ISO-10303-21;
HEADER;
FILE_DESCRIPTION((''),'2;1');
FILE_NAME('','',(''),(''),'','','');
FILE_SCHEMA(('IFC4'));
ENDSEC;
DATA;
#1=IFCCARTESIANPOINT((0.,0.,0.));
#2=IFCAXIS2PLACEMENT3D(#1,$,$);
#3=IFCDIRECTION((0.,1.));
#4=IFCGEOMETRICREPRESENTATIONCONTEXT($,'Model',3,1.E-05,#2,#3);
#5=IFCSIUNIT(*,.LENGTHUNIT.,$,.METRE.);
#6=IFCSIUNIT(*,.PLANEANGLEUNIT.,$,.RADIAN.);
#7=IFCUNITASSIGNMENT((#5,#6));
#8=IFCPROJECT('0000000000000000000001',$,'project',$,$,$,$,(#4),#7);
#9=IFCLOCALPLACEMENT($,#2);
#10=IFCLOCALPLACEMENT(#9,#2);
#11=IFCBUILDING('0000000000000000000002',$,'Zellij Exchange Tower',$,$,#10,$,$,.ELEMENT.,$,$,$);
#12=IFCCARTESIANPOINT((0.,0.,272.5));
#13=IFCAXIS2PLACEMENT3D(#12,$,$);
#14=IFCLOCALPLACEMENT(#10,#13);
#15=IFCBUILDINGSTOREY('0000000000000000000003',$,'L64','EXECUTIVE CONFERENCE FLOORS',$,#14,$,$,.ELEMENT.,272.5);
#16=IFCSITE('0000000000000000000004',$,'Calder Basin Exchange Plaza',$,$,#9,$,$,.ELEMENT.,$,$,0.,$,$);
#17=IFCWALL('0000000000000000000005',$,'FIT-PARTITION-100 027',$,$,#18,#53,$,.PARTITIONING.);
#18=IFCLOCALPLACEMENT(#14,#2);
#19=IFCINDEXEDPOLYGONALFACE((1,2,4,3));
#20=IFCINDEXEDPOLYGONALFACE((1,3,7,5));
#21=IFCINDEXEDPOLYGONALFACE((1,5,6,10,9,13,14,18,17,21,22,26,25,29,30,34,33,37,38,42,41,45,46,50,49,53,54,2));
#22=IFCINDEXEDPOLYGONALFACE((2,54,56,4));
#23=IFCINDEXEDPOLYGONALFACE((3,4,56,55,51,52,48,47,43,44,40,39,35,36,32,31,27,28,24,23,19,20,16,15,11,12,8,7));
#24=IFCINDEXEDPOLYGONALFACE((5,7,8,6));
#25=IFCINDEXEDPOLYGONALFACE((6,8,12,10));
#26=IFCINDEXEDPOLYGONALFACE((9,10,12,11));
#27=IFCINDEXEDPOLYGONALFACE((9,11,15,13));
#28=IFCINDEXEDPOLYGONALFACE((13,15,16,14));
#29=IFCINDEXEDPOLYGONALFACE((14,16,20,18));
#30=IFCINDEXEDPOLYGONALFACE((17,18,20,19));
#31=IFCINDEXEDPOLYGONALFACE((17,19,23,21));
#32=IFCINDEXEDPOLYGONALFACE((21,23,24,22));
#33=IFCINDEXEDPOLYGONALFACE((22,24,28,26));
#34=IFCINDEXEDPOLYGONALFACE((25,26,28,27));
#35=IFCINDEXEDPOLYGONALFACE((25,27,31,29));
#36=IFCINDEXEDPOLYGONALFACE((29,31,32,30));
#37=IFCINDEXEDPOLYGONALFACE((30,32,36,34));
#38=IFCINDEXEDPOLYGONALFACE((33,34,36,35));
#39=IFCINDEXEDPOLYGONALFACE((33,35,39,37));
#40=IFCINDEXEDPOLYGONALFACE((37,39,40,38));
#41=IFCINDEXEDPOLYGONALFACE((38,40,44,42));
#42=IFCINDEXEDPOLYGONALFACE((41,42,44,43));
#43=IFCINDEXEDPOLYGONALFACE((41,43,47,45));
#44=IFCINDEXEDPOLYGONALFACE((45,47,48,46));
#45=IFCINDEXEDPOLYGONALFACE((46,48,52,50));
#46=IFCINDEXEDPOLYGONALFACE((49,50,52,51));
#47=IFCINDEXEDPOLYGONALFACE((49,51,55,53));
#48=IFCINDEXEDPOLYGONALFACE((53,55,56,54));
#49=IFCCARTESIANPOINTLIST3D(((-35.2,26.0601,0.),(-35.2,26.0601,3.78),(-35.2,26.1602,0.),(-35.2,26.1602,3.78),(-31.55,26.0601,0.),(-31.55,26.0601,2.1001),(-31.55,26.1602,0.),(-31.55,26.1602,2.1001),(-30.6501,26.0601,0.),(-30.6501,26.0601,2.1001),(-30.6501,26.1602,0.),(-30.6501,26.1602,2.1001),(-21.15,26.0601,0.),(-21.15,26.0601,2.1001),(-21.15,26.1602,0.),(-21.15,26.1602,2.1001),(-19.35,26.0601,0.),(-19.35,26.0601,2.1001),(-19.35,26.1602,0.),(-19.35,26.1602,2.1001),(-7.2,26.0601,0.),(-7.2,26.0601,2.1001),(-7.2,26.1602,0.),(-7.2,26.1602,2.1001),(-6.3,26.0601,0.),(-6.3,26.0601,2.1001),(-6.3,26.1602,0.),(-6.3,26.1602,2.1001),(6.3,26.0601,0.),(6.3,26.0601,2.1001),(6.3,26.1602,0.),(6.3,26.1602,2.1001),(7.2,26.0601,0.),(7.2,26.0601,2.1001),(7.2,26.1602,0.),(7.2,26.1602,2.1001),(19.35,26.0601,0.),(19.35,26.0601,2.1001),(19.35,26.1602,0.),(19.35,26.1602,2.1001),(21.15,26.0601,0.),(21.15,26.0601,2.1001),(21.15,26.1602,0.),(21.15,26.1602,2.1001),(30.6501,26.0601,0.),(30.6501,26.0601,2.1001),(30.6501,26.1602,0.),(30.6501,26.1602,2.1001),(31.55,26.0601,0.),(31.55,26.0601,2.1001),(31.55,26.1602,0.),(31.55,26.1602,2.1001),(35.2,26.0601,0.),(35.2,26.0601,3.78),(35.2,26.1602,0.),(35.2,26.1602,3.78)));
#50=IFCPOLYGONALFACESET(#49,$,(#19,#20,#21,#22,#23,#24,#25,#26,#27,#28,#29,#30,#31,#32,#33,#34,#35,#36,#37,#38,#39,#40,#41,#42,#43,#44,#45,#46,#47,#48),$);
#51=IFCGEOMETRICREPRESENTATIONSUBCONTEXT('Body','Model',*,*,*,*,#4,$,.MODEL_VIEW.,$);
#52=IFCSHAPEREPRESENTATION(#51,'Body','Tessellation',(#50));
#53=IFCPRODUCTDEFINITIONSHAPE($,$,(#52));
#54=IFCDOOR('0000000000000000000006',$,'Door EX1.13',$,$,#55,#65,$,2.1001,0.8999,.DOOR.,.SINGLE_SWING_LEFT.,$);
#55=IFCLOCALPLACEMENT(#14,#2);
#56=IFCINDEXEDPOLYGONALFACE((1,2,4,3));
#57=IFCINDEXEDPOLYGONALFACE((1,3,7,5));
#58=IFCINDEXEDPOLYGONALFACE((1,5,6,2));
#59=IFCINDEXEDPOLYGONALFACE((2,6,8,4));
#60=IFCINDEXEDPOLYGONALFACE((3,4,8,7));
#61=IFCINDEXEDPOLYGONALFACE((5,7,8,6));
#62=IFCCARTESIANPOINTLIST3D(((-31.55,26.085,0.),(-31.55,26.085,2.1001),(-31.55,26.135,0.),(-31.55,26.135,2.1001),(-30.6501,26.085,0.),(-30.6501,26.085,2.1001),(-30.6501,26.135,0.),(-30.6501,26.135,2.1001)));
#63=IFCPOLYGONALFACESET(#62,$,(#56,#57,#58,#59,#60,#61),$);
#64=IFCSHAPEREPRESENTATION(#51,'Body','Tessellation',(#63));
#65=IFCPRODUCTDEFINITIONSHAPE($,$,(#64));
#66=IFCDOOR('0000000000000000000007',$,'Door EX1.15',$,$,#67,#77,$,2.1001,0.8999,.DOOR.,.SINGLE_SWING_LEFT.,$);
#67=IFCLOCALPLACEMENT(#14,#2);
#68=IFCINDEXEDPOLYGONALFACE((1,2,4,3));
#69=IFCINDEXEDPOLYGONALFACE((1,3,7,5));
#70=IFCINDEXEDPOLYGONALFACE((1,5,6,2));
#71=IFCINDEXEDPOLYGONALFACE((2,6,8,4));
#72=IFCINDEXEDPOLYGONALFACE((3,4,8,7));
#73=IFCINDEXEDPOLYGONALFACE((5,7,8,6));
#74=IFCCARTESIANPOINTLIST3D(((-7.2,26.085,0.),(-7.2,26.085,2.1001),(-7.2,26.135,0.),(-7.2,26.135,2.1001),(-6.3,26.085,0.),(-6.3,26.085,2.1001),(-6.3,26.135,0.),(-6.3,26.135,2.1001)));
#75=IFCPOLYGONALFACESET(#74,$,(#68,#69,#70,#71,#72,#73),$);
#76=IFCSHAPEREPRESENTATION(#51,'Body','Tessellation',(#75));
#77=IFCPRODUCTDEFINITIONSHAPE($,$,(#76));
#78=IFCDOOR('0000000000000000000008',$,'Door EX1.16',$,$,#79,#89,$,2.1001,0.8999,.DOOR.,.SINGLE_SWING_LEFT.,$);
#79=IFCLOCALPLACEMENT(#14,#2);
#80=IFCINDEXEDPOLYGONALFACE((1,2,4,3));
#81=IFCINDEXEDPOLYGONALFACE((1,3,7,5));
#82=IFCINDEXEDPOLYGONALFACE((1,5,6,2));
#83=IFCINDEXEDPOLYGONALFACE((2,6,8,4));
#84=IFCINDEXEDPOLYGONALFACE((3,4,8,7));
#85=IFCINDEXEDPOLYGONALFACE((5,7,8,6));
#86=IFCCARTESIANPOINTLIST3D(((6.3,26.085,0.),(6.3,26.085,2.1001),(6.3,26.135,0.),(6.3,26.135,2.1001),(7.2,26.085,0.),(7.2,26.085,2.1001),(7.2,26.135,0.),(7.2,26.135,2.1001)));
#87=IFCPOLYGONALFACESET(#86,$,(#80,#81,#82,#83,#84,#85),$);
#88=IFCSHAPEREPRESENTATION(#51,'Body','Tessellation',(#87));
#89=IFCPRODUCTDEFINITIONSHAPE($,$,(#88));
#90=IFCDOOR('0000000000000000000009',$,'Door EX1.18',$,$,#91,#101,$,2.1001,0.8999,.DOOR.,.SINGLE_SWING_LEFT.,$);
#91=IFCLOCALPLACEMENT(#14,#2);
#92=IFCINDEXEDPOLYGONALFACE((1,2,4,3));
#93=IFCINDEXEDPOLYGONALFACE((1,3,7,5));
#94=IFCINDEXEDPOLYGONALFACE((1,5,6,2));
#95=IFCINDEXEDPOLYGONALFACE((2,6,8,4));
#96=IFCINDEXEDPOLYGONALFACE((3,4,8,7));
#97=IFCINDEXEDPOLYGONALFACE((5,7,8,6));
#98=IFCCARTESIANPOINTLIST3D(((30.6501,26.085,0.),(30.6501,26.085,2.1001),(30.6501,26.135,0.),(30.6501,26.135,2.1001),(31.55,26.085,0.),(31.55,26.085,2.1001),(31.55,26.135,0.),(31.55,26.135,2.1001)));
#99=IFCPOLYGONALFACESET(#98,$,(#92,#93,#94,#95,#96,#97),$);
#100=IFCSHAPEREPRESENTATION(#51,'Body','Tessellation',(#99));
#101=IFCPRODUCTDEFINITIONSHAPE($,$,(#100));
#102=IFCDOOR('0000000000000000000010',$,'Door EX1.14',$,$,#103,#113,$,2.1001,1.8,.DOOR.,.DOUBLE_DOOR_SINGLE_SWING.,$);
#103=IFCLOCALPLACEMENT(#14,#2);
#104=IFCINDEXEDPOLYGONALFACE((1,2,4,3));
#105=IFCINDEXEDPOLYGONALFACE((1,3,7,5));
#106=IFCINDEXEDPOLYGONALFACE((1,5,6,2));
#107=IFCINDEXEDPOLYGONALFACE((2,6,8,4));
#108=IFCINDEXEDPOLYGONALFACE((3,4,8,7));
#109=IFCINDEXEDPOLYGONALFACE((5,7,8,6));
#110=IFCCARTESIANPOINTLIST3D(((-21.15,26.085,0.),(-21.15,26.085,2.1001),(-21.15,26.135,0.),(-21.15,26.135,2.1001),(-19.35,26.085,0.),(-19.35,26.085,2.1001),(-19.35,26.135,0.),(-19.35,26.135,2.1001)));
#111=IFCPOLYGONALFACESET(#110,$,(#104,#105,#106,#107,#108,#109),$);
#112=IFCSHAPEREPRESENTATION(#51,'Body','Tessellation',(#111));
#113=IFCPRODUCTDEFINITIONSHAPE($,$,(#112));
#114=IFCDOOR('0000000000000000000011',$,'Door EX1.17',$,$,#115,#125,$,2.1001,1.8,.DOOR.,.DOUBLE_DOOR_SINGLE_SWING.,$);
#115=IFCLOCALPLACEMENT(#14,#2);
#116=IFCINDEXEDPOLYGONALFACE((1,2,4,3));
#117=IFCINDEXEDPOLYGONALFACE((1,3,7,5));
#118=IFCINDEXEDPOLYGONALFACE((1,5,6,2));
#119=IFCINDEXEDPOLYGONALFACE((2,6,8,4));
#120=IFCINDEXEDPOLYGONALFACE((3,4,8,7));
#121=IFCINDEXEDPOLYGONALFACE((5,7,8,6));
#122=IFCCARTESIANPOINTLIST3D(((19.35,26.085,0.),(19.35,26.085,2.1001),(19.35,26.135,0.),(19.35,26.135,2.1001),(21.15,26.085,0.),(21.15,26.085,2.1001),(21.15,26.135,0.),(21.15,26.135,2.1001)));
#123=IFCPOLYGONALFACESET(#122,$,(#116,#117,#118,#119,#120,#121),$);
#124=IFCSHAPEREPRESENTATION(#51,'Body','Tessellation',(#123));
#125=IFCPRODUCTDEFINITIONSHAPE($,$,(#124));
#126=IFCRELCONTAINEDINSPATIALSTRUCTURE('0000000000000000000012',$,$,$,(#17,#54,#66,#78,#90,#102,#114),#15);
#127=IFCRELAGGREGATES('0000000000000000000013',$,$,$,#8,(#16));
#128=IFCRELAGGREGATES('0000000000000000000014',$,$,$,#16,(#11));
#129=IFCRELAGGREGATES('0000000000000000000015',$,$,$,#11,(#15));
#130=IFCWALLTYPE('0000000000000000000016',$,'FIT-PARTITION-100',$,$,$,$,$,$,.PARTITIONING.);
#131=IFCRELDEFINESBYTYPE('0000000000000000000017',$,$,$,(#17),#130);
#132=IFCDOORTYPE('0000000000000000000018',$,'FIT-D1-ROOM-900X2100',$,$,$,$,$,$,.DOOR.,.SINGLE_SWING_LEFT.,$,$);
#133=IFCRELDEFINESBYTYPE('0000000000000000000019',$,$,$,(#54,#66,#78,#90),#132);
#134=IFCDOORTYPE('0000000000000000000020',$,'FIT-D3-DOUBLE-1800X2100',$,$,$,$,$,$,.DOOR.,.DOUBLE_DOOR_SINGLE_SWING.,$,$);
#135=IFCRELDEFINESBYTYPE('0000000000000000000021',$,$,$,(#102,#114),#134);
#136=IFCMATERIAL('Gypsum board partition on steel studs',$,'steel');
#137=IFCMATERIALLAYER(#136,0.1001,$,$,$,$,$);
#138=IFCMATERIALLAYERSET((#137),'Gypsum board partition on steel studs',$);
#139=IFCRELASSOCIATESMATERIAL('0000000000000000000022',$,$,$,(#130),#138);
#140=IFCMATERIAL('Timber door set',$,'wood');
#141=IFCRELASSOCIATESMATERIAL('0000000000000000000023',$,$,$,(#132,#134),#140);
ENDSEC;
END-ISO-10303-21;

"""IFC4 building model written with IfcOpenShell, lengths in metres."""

from ifc_helpers import new_model, si_unit, direction, frame, frame_2d, origin, place, context, subcontext, project, spatial, rectangle, extrude, material, layer, layer_set, type_object, element, fill, save


model = new_model("IFC4")

# Units and contexts
model_context = context("Model", 3, precision=1e-05, world=origin(), true_north=direction((0.0, 1.0)))
body_context = subcontext(model_context, "Body", "Model", "MODEL_VIEW")
ifc_project = project(units=[si_unit("LENGTHUNIT", "METRE"), si_unit("PLANEANGLEUNIT", "RADIAN")], contexts=[model_context])

# Site, building, storey
site_placement = place(None, origin())
site = spatial("IfcSite", under=ifc_project, at=site_placement, Name="Calder Basin Exchange Plaza", CompositionType="ELEMENT", RefElevation=0.0)
building_placement = place(site_placement, origin())
building = spatial("IfcBuilding", under=site, at=building_placement, Name="Zellij Exchange Tower", CompositionType="ELEMENT")
storey_placement = place(building_placement, frame((0.0, 0.0, 272.5)))
storey = spatial("IfcBuildingStorey", under=building, at=storey_placement, Name="L64", Description="EXECUTIVE CONFERENCE FLOORS", CompositionType="ELEMENT", Elevation=272.5)

# Shared definitions
ifc_material_1 = material(Name="Gypsum board partition on steel studs", Category="steel")
ifc_layer_1 = layer(ifc_material_1, 0.1001)
ifc_layer_set_1 = layer_set([ifc_layer_1], Name="Gypsum board partition on steel studs")
wall_type = type_object("IfcWallType", Name="FIT-PARTITION-100", PredefinedType="PARTITIONING", material=ifc_layer_set_1)

# Wall, openings, doors
wall_1_placement = place(storey_placement, frame((-35.2, 26.1101, 0.0), z_axis=(0.0, 0.0, 1.0), x_axis=(1.0, 0.0, 0.0)))
wall_1 = element("IfcWall", 1, at=wall_1_placement, inside=storey, type_object=wall_type, Name="FIT-PARTITION-100 027", PredefinedType="PARTITIONING", context=body_context, shape_type="SweptSolid", body=[
    extrude(rectangle(XDim=70.3999, YDim=0.1001, at=frame_2d((35.2, 0.0))), origin(), (0.0, 0.0, 1.0), 3.78),
])
opening_1_placement = place(wall_1_placement, frame((3.6499, 0.0, 0.0)))
opening_1 = element("IfcOpeningElement", 2, at=opening_1_placement, cuts=wall_1, PredefinedType="OPENING", context=body_context, shape_type="SweptSolid", body=[
    extrude(rectangle(XDim=0.8999, YDim=2.1001, at=frame_2d((0.45, 1.05))), frame((0.0, 0.062, 0.0), z_axis=(0.0, -1.0, 0.0), x_axis=(1.0, 0.0, 0.0)), (0.0, 0.0, 1.0), 0.124),
])
opening_2_placement = place(wall_1_placement, frame((14.05, 0.0, 0.0)))
opening_2 = element("IfcOpeningElement", 3, at=opening_2_placement, cuts=wall_1, PredefinedType="OPENING", context=body_context, shape_type="SweptSolid", body=[
    extrude(rectangle(XDim=1.8, YDim=2.1001, at=frame_2d((0.8999, 1.05))), frame((0.0, 0.062, 0.0), z_axis=(0.0, -1.0, 0.0), x_axis=(1.0, 0.0, 0.0)), (0.0, 0.0, 1.0), 0.124),
])
opening_3_placement = place(wall_1_placement, frame((28.0, 0.0, 0.0)))
opening_3 = element("IfcOpeningElement", 4, at=opening_3_placement, cuts=wall_1, PredefinedType="OPENING", context=body_context, shape_type="SweptSolid", body=[
    extrude(rectangle(XDim=0.8999, YDim=2.1001, at=frame_2d((0.45, 1.05))), frame((0.0, 0.062, 0.0), z_axis=(0.0, -1.0, 0.0), x_axis=(1.0, 0.0, 0.0)), (0.0, 0.0, 1.0), 0.124),
])
opening_4_placement = place(wall_1_placement, frame((41.5, 0.0, 0.0)))
opening_4 = element("IfcOpeningElement", 5, at=opening_4_placement, cuts=wall_1, PredefinedType="OPENING", context=body_context, shape_type="SweptSolid", body=[
    extrude(rectangle(XDim=0.8999, YDim=2.1001, at=frame_2d((0.45, 1.05))), frame((0.0, 0.062, 0.0), z_axis=(0.0, -1.0, 0.0), x_axis=(1.0, 0.0, 0.0)), (0.0, 0.0, 1.0), 0.124),
])
opening_5_placement = place(wall_1_placement, frame((54.55, 0.0, 0.0)))
opening_5 = element("IfcOpeningElement", 6, at=opening_5_placement, cuts=wall_1, PredefinedType="OPENING", context=body_context, shape_type="SweptSolid", body=[
    extrude(rectangle(XDim=1.8, YDim=2.1001, at=frame_2d((0.8999, 1.05))), frame((0.0, 0.062, 0.0), z_axis=(0.0, -1.0, 0.0), x_axis=(1.0, 0.0, 0.0)), (0.0, 0.0, 1.0), 0.124),
])
opening_6_placement = place(wall_1_placement, frame((65.8501, 0.0, 0.0)))
opening_6 = element("IfcOpeningElement", 7, at=opening_6_placement, cuts=wall_1, PredefinedType="OPENING", context=body_context, shape_type="SweptSolid", body=[
    extrude(rectangle(XDim=0.8999, YDim=2.1001, at=frame_2d((0.45, 1.05))), frame((0.0, 0.062, 0.0), z_axis=(0.0, -1.0, 0.0), x_axis=(1.0, 0.0, 0.0)), (0.0, 0.0, 1.0), 0.124),
])
ifc_material_2 = material(Name="Timber door set", Category="wood")
door_type_1 = type_object("IfcDoorType", Name="FIT-D1-ROOM-900X2100", OperationType="SINGLE_SWING_LEFT", PredefinedType="DOOR", material=ifc_material_2)
door_1_placement = place(opening_1_placement, origin())
door_1 = element("IfcDoor", 8, at=door_1_placement, inside=storey, type_object=door_type_1, Name="Door EX1.13", OperationType="SINGLE_SWING_LEFT", OverallHeight=2.1001, OverallWidth=0.8999, PredefinedType="DOOR", context=body_context, shape_type="SweptSolid", body=[
    extrude(rectangle(XDim=0.8999, YDim=2.1001, at=frame_2d((0.45, 1.05))), frame((0.0, 0.0249, 0.0), z_axis=(0.0, -1.0, 0.0), x_axis=(1.0, 0.0, 0.0)), (0.0, 0.0, 1.0), 0.05),
])
fill(opening_1, door_1)
door_2_placement = place(opening_3_placement, origin())
door_2 = element("IfcDoor", 9, at=door_2_placement, inside=storey, type_object=door_type_1, Name="Door EX1.15", OperationType="SINGLE_SWING_LEFT", OverallHeight=2.1001, OverallWidth=0.8999, PredefinedType="DOOR", context=body_context, shape_type="SweptSolid", body=[
    extrude(rectangle(XDim=0.8999, YDim=2.1001, at=frame_2d((0.45, 1.05))), frame((0.0, 0.0249, 0.0), z_axis=(0.0, -1.0, 0.0), x_axis=(1.0, 0.0, 0.0)), (0.0, 0.0, 1.0), 0.05),
])
fill(opening_3, door_2)
door_3_placement = place(opening_4_placement, origin())
door_3 = element("IfcDoor", 10, at=door_3_placement, inside=storey, type_object=door_type_1, Name="Door EX1.16", OperationType="SINGLE_SWING_LEFT", OverallHeight=2.1001, OverallWidth=0.8999, PredefinedType="DOOR", context=body_context, shape_type="SweptSolid", body=[
    extrude(rectangle(XDim=0.8999, YDim=2.1001, at=frame_2d((0.45, 1.05))), frame((0.0, 0.0249, 0.0), z_axis=(0.0, -1.0, 0.0), x_axis=(1.0, 0.0, 0.0)), (0.0, 0.0, 1.0), 0.05),
])
fill(opening_4, door_3)
door_4_placement = place(opening_6_placement, origin())
door_4 = element("IfcDoor", 11, at=door_4_placement, inside=storey, type_object=door_type_1, Name="Door EX1.18", OperationType="SINGLE_SWING_LEFT", OverallHeight=2.1001, OverallWidth=0.8999, PredefinedType="DOOR", context=body_context, shape_type="SweptSolid", body=[
    extrude(rectangle(XDim=0.8999, YDim=2.1001, at=frame_2d((0.45, 1.05))), frame((0.0, 0.0249, 0.0), z_axis=(0.0, -1.0, 0.0), x_axis=(1.0, 0.0, 0.0)), (0.0, 0.0, 1.0), 0.05),
])
fill(opening_6, door_4)
door_type_2 = type_object("IfcDoorType", Name="FIT-D3-DOUBLE-1800X2100", OperationType="DOUBLE_DOOR_SINGLE_SWING", PredefinedType="DOOR", material=ifc_material_2)
door_5_placement = place(opening_2_placement, origin())
door_5 = element("IfcDoor", 12, at=door_5_placement, inside=storey, type_object=door_type_2, Name="Door EX1.14", OperationType="DOUBLE_DOOR_SINGLE_SWING", OverallHeight=2.1001, OverallWidth=1.8, PredefinedType="DOOR", context=body_context, shape_type="SweptSolid", body=[
    extrude(rectangle(XDim=1.8, YDim=2.1001, at=frame_2d((0.8999, 1.05))), frame((0.0, 0.0249, 0.0), z_axis=(0.0, -1.0, 0.0), x_axis=(1.0, 0.0, 0.0)), (0.0, 0.0, 1.0), 0.05),
])
fill(opening_2, door_5)
door_6_placement = place(opening_5_placement, origin())
door_6 = element("IfcDoor", 13, at=door_6_placement, inside=storey, type_object=door_type_2, Name="Door EX1.17", OperationType="DOUBLE_DOOR_SINGLE_SWING", OverallHeight=2.1001, OverallWidth=1.8, PredefinedType="DOOR", context=body_context, shape_type="SweptSolid", body=[
    extrude(rectangle(XDim=1.8, YDim=2.1001, at=frame_2d((0.8999, 1.05))), frame((0.0, 0.0249, 0.0), z_axis=(0.0, -1.0, 0.0), x_axis=(1.0, 0.0, 0.0)), (0.0, 0.0, 1.0), 0.05),
])
fill(opening_5, door_6)

save(model, "model.ifc")
